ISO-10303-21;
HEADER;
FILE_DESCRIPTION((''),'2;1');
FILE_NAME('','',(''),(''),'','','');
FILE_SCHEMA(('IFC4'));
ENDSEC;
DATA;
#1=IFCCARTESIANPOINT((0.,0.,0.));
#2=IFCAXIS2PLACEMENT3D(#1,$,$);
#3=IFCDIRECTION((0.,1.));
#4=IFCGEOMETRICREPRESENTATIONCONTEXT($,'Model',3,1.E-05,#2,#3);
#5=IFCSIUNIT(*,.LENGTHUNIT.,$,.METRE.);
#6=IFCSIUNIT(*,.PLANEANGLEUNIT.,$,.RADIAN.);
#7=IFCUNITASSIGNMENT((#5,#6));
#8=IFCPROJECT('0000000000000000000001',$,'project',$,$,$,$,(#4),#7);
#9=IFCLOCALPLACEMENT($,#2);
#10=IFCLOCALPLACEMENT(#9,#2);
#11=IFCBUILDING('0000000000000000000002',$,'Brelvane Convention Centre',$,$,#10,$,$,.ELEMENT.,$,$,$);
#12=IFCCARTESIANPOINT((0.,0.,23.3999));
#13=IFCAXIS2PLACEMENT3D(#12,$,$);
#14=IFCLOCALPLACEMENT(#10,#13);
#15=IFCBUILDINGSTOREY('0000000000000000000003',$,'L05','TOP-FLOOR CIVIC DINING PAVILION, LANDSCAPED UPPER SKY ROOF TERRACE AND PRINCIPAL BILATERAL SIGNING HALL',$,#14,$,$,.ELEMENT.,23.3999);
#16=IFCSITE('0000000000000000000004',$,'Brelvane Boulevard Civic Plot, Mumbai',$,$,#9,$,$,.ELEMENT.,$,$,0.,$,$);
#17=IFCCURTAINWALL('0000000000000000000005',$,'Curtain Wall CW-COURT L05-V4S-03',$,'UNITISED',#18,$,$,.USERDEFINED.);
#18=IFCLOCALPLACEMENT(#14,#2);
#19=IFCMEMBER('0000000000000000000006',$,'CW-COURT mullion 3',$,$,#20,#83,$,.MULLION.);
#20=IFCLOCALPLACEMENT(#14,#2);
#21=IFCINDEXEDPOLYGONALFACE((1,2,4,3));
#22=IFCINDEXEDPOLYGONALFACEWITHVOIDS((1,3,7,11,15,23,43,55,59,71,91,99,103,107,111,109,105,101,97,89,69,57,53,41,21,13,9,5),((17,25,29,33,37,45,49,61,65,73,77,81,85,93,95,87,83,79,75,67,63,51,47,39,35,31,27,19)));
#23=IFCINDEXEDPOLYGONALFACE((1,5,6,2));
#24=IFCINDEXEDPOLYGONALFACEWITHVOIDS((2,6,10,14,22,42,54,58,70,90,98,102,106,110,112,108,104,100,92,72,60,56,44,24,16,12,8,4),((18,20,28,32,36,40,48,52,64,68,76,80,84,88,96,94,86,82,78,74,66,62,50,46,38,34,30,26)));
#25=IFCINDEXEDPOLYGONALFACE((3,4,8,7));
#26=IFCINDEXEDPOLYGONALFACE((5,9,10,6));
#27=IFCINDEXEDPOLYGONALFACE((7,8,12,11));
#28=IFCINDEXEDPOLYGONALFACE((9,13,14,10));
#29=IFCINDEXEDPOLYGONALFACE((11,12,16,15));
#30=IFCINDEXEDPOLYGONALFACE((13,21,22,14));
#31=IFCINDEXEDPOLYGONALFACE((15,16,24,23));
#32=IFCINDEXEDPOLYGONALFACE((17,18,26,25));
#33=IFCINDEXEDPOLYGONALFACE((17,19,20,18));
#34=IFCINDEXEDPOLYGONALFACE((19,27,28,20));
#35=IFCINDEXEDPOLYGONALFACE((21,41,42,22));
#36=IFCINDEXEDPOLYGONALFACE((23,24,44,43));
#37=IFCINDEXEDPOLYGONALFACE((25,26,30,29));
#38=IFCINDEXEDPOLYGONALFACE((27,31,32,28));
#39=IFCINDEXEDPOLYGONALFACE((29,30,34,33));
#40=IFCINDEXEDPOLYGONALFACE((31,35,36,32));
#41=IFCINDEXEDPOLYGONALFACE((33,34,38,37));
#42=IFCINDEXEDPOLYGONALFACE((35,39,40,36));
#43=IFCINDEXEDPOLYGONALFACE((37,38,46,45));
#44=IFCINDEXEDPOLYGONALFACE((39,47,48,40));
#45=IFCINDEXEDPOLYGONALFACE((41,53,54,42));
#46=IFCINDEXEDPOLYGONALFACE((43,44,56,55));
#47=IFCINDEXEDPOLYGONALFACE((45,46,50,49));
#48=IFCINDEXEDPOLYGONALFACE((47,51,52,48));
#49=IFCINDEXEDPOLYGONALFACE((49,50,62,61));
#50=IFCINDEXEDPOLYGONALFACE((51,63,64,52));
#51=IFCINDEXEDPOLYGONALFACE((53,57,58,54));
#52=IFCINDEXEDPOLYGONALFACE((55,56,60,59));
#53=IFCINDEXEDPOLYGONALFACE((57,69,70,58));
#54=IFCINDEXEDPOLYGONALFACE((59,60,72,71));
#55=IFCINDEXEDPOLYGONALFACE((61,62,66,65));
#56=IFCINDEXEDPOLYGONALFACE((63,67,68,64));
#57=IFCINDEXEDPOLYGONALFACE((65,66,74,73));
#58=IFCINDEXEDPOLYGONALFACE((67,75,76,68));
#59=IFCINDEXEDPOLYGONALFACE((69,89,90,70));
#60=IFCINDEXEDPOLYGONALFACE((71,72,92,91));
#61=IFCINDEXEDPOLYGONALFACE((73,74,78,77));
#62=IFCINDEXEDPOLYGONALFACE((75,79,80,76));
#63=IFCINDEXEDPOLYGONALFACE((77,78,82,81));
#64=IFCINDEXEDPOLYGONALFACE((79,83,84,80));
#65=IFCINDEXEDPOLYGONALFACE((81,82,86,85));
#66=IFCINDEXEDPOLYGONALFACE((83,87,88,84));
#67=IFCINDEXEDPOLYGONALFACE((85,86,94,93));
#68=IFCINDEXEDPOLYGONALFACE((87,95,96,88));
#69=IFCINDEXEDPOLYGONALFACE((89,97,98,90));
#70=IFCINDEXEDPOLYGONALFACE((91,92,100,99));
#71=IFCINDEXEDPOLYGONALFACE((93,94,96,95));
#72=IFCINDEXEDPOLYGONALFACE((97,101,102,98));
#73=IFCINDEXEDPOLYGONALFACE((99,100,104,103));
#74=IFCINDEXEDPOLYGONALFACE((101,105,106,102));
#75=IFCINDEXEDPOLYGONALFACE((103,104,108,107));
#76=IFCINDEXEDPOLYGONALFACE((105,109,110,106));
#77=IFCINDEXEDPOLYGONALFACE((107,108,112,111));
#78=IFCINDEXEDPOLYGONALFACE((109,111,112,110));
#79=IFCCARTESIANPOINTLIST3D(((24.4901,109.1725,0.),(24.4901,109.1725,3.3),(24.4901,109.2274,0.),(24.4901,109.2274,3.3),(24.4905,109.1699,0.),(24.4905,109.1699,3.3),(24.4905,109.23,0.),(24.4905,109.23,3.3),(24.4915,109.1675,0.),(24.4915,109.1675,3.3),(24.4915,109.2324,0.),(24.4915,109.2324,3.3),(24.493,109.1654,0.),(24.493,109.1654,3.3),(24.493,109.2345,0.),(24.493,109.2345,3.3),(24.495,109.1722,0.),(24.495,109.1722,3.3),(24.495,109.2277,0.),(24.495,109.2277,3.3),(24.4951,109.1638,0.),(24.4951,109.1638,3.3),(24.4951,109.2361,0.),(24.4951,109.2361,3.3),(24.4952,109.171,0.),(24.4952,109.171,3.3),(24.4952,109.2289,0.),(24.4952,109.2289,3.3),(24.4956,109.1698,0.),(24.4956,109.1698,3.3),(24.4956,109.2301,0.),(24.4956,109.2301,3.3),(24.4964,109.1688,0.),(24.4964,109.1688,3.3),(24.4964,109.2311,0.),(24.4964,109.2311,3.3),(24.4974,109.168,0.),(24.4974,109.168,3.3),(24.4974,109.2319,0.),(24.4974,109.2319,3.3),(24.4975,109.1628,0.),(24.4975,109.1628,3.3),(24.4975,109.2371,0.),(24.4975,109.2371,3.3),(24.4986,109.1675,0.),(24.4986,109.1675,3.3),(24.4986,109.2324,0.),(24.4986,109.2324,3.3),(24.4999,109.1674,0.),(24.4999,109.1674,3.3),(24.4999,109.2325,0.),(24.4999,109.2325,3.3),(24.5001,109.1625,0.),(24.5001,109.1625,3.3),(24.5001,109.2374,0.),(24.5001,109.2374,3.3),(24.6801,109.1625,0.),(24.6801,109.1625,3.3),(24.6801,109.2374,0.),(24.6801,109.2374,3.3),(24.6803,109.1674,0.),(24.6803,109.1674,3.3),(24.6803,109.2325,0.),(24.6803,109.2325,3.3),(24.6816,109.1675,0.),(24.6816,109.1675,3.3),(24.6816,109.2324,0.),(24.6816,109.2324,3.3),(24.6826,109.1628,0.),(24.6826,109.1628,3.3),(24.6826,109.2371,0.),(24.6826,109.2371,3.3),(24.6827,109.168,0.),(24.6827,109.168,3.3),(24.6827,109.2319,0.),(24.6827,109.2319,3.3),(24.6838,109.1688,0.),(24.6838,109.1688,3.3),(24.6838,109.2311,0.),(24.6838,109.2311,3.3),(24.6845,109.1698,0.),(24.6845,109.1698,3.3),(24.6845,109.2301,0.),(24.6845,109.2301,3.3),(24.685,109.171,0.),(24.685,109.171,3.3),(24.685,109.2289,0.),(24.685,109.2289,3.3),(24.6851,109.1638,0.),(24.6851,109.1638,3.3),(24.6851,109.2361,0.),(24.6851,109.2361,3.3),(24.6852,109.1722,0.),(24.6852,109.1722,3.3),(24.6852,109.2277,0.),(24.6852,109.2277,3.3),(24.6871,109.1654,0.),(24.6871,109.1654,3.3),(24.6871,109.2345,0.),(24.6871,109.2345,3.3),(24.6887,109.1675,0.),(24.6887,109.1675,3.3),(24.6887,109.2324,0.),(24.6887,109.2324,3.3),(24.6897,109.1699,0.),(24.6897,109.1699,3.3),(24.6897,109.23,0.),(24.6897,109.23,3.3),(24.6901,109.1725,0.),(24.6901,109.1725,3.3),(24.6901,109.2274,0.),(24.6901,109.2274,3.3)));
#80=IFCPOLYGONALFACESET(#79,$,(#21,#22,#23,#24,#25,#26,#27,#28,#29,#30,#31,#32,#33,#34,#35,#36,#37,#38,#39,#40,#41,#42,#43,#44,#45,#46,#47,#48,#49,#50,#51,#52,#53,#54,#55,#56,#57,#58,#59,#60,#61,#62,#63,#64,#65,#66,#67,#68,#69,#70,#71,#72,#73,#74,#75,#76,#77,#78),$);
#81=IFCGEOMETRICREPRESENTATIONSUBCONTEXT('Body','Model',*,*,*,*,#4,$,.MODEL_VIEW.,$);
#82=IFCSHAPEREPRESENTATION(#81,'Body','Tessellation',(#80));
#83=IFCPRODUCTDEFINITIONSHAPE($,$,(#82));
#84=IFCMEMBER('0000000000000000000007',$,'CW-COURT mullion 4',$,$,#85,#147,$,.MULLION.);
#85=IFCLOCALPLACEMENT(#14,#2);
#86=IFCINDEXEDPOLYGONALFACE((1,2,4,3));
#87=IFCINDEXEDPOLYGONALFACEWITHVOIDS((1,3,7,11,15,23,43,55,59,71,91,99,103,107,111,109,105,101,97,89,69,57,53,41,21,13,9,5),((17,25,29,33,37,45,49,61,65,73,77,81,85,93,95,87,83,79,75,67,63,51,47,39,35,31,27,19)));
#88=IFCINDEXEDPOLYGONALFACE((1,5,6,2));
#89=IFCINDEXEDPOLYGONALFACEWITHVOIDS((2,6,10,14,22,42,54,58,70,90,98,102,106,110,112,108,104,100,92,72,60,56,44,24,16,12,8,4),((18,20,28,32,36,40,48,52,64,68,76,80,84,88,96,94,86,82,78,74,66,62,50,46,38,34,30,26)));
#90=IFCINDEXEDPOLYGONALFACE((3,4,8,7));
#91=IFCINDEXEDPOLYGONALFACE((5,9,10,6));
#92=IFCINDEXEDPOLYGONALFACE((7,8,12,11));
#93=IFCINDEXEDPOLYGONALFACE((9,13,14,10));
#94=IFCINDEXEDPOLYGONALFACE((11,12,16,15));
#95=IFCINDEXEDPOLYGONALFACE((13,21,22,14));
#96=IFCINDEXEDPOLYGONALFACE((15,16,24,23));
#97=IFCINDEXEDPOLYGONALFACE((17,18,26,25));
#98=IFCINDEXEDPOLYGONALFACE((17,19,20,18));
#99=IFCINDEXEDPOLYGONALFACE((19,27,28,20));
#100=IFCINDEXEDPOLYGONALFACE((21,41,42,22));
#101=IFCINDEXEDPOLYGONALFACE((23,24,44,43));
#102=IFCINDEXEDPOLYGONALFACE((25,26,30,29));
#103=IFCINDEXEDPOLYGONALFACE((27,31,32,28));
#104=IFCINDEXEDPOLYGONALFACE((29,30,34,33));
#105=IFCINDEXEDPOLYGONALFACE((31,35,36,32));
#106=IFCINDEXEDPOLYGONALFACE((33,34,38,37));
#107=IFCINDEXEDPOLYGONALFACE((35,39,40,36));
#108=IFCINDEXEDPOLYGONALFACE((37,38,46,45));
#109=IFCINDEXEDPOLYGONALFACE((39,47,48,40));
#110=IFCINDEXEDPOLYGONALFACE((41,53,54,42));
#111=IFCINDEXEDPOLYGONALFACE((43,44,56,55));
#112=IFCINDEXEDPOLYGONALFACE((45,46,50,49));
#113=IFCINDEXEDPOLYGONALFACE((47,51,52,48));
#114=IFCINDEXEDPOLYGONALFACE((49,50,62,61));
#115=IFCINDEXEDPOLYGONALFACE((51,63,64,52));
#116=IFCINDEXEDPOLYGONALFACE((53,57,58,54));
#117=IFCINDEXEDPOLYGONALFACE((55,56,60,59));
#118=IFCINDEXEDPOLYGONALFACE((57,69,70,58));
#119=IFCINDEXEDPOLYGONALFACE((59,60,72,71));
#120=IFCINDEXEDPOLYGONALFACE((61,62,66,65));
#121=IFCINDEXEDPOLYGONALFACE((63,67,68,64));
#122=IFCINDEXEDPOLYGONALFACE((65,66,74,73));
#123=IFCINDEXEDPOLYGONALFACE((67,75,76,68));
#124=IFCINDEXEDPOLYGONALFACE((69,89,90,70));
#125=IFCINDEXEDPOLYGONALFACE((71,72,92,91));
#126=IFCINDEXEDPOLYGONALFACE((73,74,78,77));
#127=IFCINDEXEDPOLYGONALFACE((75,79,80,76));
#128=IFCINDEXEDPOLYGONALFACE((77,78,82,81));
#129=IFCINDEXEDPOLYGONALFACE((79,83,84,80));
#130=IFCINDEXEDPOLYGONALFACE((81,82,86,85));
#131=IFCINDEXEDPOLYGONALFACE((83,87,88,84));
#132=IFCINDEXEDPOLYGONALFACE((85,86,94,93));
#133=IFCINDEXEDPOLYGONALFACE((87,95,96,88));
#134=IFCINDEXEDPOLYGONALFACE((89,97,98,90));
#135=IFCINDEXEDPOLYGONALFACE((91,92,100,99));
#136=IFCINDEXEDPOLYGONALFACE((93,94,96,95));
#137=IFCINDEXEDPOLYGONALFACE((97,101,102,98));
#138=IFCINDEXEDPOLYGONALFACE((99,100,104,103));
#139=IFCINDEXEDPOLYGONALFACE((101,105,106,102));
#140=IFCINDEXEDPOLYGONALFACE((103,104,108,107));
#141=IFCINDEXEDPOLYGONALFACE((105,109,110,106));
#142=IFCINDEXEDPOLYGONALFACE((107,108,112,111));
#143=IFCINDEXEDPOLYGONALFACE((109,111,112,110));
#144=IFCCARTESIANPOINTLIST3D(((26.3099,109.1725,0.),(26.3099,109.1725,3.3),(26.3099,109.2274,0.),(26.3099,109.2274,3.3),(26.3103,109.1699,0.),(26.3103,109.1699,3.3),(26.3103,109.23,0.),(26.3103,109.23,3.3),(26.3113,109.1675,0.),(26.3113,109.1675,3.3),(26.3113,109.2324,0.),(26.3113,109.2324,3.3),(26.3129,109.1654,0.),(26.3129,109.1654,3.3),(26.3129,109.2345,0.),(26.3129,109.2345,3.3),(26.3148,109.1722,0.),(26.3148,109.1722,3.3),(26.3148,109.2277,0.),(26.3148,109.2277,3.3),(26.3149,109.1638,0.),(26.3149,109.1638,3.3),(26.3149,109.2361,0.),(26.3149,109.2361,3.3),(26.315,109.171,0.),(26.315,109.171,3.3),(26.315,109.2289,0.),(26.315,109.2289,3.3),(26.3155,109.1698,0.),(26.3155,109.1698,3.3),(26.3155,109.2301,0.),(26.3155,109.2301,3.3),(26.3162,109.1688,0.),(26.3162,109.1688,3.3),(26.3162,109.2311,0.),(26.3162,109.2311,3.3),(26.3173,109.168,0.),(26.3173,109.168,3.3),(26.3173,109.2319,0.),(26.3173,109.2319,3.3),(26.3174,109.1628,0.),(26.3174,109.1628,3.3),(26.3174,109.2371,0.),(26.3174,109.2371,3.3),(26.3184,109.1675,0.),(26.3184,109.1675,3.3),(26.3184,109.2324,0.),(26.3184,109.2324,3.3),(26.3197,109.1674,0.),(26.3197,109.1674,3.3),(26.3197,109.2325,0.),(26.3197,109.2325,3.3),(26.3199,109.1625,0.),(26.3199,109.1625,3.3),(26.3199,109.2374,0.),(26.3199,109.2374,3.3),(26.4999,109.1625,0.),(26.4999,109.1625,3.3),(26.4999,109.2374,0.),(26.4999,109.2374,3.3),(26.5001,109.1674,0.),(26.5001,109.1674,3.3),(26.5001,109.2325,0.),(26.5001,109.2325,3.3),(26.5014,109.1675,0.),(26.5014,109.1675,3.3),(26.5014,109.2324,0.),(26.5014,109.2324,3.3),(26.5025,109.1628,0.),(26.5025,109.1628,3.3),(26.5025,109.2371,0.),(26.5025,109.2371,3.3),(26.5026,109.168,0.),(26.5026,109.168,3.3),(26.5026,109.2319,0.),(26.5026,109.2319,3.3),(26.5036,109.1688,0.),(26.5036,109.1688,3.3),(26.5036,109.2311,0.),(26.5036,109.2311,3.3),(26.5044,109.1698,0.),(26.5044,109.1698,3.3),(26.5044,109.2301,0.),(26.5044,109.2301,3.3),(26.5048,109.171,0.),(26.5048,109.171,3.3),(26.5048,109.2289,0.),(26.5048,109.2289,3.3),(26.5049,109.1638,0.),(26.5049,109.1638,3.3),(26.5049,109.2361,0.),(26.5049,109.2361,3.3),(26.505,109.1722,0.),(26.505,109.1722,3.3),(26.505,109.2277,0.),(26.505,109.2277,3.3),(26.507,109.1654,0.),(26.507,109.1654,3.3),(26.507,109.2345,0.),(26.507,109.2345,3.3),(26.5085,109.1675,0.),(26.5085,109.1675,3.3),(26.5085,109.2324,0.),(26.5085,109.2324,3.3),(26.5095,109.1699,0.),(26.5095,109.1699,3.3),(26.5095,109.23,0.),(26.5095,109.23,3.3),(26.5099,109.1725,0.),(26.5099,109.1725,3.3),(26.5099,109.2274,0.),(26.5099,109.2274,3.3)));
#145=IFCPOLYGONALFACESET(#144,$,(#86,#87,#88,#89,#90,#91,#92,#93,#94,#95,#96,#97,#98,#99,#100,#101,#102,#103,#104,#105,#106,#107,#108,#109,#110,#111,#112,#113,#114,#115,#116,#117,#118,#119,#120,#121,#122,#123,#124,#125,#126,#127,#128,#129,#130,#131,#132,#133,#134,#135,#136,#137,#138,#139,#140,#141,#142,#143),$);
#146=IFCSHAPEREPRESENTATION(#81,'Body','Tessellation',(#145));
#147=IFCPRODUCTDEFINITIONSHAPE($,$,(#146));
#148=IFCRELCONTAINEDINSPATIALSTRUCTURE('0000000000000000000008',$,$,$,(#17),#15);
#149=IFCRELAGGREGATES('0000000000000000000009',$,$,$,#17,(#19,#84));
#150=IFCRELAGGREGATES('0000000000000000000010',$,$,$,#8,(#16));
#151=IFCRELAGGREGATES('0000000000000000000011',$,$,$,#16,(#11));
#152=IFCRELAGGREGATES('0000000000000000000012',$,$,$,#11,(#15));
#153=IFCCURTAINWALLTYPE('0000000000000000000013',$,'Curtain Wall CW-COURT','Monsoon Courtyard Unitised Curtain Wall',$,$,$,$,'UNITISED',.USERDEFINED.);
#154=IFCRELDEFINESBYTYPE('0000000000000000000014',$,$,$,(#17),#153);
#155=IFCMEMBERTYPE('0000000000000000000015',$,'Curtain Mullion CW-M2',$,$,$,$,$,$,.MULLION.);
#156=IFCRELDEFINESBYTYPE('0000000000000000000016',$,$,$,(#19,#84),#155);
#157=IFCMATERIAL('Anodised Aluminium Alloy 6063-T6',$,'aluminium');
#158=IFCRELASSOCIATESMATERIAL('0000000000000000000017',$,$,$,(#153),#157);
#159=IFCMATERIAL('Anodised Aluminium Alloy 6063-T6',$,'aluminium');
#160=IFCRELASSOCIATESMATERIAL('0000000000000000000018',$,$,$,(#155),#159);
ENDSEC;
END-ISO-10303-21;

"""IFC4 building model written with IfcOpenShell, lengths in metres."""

from ifc_helpers import new_model, si_unit, direction, frame, origin, origin_2d, place, context, subcontext, project, spatial, hollow_rectangle, extrude, material, material_profile, profile_set, type_object, element, aggregate, save


model = new_model("IFC4")

# Units and contexts
model_context = context("Model", 3, precision=1e-05, world=origin(), true_north=direction((0.0, 1.0)))
body_context = subcontext(model_context, "Body", "Model", "MODEL_VIEW")
ifc_project = project(units=[si_unit("LENGTHUNIT", "METRE"), si_unit("PLANEANGLEUNIT", "RADIAN")], contexts=[model_context])

# Site, building, storey
site_placement = place(None, origin())
site = spatial("IfcSite", under=ifc_project, at=site_placement, Name="Brelvane Boulevard Civic Plot, Mumbai", CompositionType="ELEMENT", RefElevation=0.0)
building_placement = place(site_placement, origin())
building = spatial("IfcBuilding", under=site, at=building_placement, Name="Brelvane Convention Centre", CompositionType="ELEMENT")
storey_placement = place(building_placement, frame((0.0, 0.0, 23.3999)))
storey = spatial("IfcBuildingStorey", under=building, at=storey_placement, Name="L05", Description="TOP-FLOOR CIVIC DINING PAVILION, LANDSCAPED UPPER SKY ROOF TERRACE AND PRINCIPAL BILATERAL SIGNING HALL", CompositionType="ELEMENT", Elevation=23.3999)

# Curtain wall, members
ifc_material_1 = material(Name="Anodised Aluminium Alloy 6063-T6", Category="aluminium")
curtain_wall_type = type_object("IfcCurtainWallType", Name="Curtain Wall CW-COURT", Description="Monsoon Courtyard Unitised Curtain Wall", ElementType="UNITISED", PredefinedType="USERDEFINED", material=ifc_material_1)
ifc_material_2 = material(Name="Anodised Aluminium Alloy 6063-T6", Category="aluminium")
ifc_material_profile_1 = material_profile(ifc_material_2, hollow_rectangle(XDim=0.075, YDim=0.2, WallThickness=0.0049, InnerFilletRadius=0.0049, OuterFilletRadius=0.01, at=origin_2d()), Name="ALU-M 200x75x5.0")
ifc_profile_set_1 = profile_set([ifc_material_profile_1], Name="Anodised Aluminium Alloy 6063-T6")
member_type_1 = type_object("IfcMemberType", Name="Curtain Mullion CW-M2", PredefinedType="MULLION", material=ifc_profile_set_1)
curtain_wall_1_placement = place(storey_placement, origin())
curtain_wall_1 = element("IfcCurtainWall", 1, at=curtain_wall_1_placement, inside=storey, type_object=curtain_wall_type, Name="Curtain Wall CW-COURT L05-V4S-03", ObjectType="UNITISED", PredefinedType="USERDEFINED")
member_1_placement = place(storey_placement, frame((24.5901, 109.2, 0.0), z_axis=(0.0, 0.0, 1.0), x_axis=(0.0, 1.0, 0.0)))
member_1 = element("IfcMember", 2, at=member_1_placement, type_object=member_type_1, Name="CW-COURT mullion 3", PredefinedType="MULLION", context=body_context, shape_type="SweptSolid", body=[
    extrude(hollow_rectangle(XDim=0.075, YDim=0.2, WallThickness=0.0049, InnerFilletRadius=0.0049, OuterFilletRadius=0.01, at=origin_2d()), origin(), (0.0, 0.0, 1.0), 3.3),
])
member_2_placement = place(storey_placement, frame((26.4099, 109.2, 0.0), z_axis=(0.0, 0.0, 1.0), x_axis=(0.0, 1.0, 0.0)))
member_2 = element("IfcMember", 3, at=member_2_placement, type_object=member_type_1, Name="CW-COURT mullion 4", PredefinedType="MULLION", context=body_context, shape_type="SweptSolid", body=[
    extrude(hollow_rectangle(XDim=0.075, YDim=0.2, WallThickness=0.0049, InnerFilletRadius=0.0049, OuterFilletRadius=0.01, at=origin_2d()), origin(), (0.0, 0.0, 1.0), 3.3),
])
aggregate(curtain_wall_1, [member_1, member_2])

save(model, "model.ifc")
